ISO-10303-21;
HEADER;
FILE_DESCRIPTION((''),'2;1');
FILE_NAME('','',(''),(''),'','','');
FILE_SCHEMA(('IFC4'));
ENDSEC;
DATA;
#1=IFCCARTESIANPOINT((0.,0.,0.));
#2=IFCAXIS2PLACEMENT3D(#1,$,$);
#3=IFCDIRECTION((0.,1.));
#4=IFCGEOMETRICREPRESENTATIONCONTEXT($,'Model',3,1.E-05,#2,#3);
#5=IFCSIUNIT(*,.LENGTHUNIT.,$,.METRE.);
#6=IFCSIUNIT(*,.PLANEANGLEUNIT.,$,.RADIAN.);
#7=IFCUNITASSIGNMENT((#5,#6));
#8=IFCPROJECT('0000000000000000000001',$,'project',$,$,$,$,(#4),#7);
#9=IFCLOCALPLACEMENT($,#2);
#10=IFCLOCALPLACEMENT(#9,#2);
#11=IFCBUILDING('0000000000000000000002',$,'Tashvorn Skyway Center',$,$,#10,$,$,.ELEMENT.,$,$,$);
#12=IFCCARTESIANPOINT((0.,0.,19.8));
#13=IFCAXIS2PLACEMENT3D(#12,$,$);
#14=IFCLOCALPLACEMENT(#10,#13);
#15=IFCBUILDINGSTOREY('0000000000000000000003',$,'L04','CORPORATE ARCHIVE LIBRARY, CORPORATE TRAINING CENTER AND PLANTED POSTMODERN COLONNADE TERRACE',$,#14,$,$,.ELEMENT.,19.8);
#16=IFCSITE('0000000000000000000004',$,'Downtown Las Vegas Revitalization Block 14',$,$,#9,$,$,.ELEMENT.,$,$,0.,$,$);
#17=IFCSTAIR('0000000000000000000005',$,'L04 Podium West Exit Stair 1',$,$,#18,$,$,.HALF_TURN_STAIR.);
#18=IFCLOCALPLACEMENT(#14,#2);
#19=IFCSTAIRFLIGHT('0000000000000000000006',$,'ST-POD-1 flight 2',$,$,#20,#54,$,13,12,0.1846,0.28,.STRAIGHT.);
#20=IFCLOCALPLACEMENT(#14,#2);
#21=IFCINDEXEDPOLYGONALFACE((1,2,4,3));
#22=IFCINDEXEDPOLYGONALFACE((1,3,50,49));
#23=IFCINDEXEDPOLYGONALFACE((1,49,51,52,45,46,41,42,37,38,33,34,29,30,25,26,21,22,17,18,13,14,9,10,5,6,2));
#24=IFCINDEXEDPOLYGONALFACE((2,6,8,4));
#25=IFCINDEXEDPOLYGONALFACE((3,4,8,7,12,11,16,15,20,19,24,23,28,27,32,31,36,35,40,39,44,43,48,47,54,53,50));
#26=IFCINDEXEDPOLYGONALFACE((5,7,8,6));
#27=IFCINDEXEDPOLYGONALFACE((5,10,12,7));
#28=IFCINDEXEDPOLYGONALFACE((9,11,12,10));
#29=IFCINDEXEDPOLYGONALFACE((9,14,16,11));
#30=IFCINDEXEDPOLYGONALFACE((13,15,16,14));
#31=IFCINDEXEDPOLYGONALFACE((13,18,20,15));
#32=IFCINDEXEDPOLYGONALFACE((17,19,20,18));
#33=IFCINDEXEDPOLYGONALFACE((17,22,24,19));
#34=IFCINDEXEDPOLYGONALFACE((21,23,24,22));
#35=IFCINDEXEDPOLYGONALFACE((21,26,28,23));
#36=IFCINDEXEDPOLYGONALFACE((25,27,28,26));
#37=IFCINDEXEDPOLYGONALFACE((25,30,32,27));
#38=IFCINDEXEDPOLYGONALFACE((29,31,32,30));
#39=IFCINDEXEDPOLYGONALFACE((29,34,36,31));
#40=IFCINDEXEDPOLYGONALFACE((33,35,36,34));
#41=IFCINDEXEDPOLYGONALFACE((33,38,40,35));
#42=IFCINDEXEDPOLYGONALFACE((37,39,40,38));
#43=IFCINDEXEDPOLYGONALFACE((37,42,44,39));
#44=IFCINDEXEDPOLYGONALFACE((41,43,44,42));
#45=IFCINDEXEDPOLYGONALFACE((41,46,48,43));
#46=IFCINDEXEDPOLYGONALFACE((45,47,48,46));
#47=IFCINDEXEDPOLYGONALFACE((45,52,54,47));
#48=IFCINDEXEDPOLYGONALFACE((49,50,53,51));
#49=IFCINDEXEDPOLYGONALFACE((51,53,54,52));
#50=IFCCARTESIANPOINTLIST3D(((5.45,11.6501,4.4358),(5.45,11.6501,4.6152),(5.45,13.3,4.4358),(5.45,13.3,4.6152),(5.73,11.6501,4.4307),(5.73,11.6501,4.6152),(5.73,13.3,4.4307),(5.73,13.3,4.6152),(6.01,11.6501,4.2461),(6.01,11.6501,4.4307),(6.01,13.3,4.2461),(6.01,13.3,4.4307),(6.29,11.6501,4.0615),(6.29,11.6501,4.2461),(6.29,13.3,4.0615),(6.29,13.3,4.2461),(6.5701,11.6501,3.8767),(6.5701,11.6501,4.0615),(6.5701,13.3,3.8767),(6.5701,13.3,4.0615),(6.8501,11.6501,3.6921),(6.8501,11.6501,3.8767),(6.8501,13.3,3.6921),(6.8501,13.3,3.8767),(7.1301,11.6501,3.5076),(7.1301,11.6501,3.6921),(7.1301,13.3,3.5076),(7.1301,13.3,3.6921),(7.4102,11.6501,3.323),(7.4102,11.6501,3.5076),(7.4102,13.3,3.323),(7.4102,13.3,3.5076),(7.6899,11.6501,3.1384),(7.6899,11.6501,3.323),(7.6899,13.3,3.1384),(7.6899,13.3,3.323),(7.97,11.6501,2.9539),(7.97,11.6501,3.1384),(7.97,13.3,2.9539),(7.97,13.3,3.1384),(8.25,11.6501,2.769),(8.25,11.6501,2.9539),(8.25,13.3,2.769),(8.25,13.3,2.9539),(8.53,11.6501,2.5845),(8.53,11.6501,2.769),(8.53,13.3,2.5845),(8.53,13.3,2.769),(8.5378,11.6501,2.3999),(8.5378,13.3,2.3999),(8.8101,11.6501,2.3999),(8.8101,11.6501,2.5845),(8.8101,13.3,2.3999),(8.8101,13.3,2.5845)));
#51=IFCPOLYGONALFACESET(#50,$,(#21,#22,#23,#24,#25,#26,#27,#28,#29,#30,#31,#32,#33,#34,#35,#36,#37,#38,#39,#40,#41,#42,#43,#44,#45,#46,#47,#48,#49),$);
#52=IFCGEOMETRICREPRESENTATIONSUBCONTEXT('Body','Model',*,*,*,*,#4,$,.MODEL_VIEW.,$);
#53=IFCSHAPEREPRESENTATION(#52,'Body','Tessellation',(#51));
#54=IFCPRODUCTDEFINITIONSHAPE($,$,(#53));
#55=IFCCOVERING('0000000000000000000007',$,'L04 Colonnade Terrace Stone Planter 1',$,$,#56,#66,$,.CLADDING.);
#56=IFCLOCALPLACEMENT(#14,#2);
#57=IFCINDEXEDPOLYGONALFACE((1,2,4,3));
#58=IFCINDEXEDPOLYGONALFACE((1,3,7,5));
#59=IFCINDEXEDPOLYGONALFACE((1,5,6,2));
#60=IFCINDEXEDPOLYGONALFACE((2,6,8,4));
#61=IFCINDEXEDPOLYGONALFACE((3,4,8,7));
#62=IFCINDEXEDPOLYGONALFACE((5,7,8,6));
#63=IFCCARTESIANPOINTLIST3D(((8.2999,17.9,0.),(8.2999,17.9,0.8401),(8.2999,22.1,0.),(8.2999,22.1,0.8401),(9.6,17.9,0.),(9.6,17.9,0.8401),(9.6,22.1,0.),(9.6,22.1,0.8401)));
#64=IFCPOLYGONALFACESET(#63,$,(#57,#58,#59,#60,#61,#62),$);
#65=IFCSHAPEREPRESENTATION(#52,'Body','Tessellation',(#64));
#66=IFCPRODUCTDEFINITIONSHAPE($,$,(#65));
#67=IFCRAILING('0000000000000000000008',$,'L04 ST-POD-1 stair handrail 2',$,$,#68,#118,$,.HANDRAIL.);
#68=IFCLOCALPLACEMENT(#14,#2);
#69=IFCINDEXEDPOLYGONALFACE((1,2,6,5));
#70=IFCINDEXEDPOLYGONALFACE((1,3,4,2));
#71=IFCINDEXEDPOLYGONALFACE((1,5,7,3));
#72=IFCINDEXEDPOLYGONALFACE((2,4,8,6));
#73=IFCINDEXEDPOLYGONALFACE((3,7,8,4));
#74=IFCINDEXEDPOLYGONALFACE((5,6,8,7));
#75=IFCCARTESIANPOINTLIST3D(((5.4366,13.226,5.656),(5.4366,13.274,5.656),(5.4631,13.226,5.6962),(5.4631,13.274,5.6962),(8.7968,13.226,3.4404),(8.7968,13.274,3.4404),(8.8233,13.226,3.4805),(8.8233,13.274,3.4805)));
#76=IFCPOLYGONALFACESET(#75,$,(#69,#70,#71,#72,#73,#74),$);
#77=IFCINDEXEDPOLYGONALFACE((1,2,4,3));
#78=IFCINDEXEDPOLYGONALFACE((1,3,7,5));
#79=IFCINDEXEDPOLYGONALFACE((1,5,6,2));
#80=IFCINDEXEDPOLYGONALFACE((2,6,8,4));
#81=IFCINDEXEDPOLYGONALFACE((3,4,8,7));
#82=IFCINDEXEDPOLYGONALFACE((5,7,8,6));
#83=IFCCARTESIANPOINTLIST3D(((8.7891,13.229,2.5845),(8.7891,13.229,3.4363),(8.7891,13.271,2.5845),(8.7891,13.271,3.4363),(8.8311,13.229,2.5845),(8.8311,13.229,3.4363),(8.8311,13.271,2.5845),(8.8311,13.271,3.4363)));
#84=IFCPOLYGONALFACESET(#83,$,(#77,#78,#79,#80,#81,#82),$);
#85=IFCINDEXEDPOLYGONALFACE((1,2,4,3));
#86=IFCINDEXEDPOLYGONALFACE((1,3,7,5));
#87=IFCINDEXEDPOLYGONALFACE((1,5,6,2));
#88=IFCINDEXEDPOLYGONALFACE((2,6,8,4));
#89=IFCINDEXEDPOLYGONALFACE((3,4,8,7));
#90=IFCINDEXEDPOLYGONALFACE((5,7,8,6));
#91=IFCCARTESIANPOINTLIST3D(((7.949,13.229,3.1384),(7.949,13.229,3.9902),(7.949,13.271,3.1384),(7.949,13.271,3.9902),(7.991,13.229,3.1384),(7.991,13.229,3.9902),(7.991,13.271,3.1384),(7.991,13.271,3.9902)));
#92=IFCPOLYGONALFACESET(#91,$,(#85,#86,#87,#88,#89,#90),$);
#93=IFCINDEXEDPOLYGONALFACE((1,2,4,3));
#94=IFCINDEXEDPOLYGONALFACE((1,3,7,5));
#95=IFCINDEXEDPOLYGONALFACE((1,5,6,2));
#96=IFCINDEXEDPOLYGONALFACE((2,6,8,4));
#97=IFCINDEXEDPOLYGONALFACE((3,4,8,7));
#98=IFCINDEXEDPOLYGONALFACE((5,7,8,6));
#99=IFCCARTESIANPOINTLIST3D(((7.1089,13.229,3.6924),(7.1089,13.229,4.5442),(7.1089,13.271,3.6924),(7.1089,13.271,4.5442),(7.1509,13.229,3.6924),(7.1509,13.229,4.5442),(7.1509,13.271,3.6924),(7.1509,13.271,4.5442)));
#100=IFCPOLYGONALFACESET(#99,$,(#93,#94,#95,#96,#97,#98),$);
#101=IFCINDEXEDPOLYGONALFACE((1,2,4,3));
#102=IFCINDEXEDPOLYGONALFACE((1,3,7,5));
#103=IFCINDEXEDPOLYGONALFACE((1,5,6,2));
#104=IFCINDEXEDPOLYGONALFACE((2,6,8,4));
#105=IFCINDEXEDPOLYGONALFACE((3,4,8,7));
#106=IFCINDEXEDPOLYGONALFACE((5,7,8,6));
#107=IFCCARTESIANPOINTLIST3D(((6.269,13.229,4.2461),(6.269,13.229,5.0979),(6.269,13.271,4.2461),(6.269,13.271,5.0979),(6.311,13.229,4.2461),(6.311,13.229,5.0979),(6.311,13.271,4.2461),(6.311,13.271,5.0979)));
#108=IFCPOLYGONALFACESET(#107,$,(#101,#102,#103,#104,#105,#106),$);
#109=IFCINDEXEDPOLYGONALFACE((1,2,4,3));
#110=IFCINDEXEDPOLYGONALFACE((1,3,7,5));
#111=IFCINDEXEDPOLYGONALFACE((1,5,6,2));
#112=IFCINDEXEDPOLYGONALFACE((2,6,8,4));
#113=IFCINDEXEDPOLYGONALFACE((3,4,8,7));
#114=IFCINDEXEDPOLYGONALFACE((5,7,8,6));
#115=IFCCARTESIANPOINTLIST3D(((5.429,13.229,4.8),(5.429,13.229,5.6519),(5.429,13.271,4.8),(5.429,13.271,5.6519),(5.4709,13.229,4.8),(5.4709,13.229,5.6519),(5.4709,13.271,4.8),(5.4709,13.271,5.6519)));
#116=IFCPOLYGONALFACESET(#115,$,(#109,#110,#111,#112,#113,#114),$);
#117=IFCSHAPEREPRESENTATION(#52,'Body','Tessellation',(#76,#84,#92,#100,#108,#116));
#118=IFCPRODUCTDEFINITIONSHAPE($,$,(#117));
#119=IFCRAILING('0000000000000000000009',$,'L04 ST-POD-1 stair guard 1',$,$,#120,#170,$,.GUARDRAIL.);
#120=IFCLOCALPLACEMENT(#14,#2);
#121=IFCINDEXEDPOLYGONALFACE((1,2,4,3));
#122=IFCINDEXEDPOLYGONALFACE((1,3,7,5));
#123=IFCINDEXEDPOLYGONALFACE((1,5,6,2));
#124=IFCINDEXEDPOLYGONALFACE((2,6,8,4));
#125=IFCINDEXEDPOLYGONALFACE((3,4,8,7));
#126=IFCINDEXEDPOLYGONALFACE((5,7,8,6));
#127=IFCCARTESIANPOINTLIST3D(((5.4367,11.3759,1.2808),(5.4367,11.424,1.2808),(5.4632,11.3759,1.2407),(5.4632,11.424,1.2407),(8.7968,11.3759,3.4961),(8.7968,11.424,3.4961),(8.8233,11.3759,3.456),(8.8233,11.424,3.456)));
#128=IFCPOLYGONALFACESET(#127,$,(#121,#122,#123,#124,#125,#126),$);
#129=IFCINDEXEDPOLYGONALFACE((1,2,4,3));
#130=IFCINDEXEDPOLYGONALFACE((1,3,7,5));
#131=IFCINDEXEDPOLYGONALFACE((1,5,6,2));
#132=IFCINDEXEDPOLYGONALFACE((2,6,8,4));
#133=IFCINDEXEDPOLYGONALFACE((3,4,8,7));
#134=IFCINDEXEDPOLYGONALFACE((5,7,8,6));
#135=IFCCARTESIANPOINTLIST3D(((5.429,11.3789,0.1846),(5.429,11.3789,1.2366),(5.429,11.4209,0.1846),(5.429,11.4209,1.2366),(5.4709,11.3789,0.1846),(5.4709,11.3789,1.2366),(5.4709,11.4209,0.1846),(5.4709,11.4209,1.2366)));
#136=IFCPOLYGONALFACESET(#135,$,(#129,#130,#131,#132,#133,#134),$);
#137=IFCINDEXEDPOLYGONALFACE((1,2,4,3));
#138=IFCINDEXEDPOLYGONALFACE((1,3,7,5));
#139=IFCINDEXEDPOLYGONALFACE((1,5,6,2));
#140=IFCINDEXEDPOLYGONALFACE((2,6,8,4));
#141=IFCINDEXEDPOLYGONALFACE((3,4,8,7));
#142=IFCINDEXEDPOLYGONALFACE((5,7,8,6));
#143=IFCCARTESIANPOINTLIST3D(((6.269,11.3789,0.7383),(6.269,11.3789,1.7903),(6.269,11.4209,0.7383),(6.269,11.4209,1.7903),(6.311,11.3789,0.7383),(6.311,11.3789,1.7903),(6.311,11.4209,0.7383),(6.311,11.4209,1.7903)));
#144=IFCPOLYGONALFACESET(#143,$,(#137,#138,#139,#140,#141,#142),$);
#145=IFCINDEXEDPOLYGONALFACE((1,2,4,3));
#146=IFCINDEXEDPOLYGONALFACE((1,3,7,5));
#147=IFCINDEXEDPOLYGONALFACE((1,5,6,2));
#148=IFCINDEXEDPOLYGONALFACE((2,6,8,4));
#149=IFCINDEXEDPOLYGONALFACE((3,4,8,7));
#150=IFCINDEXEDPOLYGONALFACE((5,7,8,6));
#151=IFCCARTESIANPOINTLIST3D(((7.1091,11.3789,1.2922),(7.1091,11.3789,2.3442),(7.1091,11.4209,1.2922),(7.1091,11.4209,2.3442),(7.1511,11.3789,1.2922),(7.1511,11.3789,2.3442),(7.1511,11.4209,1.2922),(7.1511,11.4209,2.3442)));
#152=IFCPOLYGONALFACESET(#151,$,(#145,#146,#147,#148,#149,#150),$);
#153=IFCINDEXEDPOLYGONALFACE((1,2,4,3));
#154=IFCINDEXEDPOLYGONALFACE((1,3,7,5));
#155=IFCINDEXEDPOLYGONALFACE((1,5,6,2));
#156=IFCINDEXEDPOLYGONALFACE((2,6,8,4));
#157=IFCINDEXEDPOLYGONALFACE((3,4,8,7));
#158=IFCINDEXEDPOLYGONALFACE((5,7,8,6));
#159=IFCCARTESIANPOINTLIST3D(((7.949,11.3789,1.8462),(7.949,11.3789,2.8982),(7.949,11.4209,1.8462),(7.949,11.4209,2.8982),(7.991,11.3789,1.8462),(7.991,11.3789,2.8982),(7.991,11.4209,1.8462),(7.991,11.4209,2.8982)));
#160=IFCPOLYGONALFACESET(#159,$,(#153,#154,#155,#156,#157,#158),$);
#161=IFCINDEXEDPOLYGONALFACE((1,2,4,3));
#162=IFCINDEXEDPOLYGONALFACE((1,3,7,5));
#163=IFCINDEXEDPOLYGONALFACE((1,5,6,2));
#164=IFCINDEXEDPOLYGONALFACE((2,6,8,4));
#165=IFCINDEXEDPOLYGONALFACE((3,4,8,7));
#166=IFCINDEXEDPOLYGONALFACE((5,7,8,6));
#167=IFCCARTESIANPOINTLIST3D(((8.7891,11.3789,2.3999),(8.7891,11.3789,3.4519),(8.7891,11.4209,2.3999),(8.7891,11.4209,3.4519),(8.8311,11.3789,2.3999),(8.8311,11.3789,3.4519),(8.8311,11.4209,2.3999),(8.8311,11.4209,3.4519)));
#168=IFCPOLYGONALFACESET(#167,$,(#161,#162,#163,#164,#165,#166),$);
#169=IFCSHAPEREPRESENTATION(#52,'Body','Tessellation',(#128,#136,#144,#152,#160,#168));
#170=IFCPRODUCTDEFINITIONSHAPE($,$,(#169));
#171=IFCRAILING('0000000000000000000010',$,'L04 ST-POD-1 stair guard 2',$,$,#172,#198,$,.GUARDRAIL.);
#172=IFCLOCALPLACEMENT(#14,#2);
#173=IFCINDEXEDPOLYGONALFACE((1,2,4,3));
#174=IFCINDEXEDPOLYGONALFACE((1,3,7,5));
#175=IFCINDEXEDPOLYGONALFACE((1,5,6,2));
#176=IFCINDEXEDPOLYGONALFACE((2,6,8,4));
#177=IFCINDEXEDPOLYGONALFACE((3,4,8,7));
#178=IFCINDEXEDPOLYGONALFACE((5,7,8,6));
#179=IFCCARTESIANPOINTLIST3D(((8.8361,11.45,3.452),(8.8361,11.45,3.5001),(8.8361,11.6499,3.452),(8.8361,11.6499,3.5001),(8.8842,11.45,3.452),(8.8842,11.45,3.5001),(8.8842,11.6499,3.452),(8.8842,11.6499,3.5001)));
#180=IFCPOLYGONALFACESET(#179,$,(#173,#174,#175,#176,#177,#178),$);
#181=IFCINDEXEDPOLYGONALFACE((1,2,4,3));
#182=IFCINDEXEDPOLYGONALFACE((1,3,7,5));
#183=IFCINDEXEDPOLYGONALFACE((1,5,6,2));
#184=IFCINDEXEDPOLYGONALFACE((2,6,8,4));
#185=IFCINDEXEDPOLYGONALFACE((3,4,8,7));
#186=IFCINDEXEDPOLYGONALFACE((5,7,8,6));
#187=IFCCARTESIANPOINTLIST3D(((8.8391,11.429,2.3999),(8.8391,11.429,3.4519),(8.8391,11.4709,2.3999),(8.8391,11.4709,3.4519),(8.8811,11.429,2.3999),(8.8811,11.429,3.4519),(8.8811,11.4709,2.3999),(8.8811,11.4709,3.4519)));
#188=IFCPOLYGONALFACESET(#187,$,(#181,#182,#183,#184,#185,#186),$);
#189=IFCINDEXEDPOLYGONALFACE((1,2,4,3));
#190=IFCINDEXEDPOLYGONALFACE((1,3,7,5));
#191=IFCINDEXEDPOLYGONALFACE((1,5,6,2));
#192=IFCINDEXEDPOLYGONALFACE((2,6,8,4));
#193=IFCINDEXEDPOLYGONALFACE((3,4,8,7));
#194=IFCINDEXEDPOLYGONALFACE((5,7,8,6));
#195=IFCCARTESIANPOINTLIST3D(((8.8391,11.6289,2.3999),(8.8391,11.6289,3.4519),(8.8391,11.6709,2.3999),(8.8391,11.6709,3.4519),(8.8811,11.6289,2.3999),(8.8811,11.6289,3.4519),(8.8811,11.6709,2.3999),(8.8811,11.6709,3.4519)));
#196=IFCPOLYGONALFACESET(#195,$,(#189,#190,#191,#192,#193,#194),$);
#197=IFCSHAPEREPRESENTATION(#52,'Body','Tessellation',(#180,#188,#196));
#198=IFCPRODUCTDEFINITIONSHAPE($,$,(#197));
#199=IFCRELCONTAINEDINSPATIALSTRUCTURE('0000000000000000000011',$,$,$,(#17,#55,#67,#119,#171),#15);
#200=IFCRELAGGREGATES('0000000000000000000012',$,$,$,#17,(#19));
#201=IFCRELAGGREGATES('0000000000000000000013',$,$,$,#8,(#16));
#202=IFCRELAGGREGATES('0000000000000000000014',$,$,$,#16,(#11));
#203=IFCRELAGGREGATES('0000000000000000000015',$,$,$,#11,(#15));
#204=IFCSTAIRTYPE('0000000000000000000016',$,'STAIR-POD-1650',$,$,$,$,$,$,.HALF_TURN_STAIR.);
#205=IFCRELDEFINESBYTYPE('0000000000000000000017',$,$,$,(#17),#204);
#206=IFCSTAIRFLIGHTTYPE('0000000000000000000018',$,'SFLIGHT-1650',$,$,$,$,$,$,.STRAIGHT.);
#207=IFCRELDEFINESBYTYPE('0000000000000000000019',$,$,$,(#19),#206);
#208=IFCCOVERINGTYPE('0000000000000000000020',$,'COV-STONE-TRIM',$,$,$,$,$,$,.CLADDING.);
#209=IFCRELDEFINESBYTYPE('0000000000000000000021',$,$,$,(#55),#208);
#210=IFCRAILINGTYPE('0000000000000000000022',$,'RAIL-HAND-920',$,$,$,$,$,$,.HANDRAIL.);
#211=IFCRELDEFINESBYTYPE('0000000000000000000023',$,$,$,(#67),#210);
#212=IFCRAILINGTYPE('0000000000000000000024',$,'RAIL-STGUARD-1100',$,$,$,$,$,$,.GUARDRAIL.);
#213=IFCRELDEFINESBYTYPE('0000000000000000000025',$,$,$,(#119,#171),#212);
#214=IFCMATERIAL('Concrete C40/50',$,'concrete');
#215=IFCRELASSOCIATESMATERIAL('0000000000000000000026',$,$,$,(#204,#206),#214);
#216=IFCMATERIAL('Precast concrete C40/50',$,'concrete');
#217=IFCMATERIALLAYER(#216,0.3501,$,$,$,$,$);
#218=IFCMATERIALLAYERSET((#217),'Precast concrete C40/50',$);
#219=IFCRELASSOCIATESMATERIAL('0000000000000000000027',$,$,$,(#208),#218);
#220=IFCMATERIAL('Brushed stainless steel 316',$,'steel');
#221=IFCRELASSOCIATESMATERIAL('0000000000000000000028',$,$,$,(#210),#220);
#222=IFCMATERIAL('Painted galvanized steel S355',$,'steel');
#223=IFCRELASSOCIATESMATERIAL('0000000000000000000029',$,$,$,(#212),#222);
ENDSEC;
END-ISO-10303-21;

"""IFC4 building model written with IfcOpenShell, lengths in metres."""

from ifc_helpers import new_model, si_unit, direction, frame, origin, origin_2d, place, context, subcontext, project, spatial, polyline, rectangle, outline, extrude, material, layer, layer_set, type_object, element, aggregate, save


model = new_model("IFC4")

# Units and contexts
model_context = context("Model", 3, precision=1e-05, world=origin(), true_north=direction((0.0, 1.0)))
body_context = subcontext(model_context, "Body", "Model", "MODEL_VIEW")
ifc_project = project(units=[si_unit("LENGTHUNIT", "METRE"), si_unit("PLANEANGLEUNIT", "RADIAN")], contexts=[model_context])

# Site, building, storey
site_placement = place(None, origin())
site = spatial("IfcSite", under=ifc_project, at=site_placement, Name="Downtown Las Vegas Revitalization Block 14", CompositionType="ELEMENT", RefElevation=0.0)
building_placement = place(site_placement, origin())
building = spatial("IfcBuilding", under=site, at=building_placement, Name="Tashvorn Skyway Center", CompositionType="ELEMENT")
storey_placement = place(building_placement, frame((0.0, 0.0, 19.8)))
storey = spatial("IfcBuildingStorey", under=building, at=storey_placement, Name="L04", Description="CORPORATE ARCHIVE LIBRARY, CORPORATE TRAINING CENTER AND PLANTED POSTMODERN COLONNADE TERRACE", CompositionType="ELEMENT", Elevation=19.8)

# Shared definitions
ifc_material_1 = material(Name="Precast concrete C40/50", Category="concrete")

# Shared definitions
ifc_material_2 = material(Name="Concrete C40/50", Category="concrete")

# Stair, stair flight
stair_type = type_object("IfcStairType", Name="STAIR-POD-1650", PredefinedType="HALF_TURN_STAIR", material=ifc_material_2)
stair_placement = place(storey_placement, origin())
stair = element("IfcStair", 1, at=stair_placement, inside=storey, type_object=stair_type, Name="L04 Podium West Exit Stair 1", PredefinedType="HALF_TURN_STAIR")
stair_flight_type = type_object("IfcStairFlightType", Name="SFLIGHT-1650", PredefinedType="STRAIGHT", material=ifc_material_2)
stair_flight_1_placement = place(storey_placement, frame((8.8101, 12.4751, 2.3999), z_axis=(0.0, 0.0, 1.0), x_axis=(-1.0, 0.0, 0.0)))
stair_flight_1 = element("IfcStairFlight", 2, at=stair_flight_1_placement, type_object=stair_flight_type, Name="ST-POD-1 flight 2", NumberOfRisers=13, NumberOfTreads=12, PredefinedType="STRAIGHT", RiserHeight=0.1846, TreadLength=0.28, context=body_context, shape_type="SweptSolid", body=[
    extrude(outline(polyline([(0.0, 0.0), (0.0, 0.1846), (0.28, 0.1846), (0.28, 0.3691), (0.5601, 0.3691), (0.5601, 0.554), (0.8401, 0.554), (0.8401, 0.7385), (1.1201, 0.7385), (1.1201, 0.9231), (1.3999, 0.9231), (1.3999, 1.1077), (1.6799, 1.1077), (1.6799, 1.2922), (1.96, 1.2922), (1.96, 1.4768), (2.24, 1.4768), (2.24, 1.6616), (2.52, 1.6616), (2.52, 1.8462), (2.8, 1.8462), (2.8, 2.0308), (3.0801, 2.0308), (3.0801, 2.2153), (3.3601, 2.2153), (3.3601, 2.3999), (3.3601, 2.0359), (0.2722, 0.0), (0.0, 0.0)])), frame((0.0, 0.825, 0.0), z_axis=(0.0, -1.0, 0.0), x_axis=(1.0, 0.0, 0.0)), (0.0, 0.0, 1.0), 1.6499),
])
aggregate(stair, [stair_flight_1])

# Covering
ifc_layer_1 = layer(ifc_material_1, 0.3501)
ifc_layer_set_1 = layer_set([ifc_layer_1], Name="Precast concrete C40/50")
covering_type = type_object("IfcCoveringType", Name="COV-STONE-TRIM", PredefinedType="CLADDING", material=ifc_layer_set_1)
covering_placement = place(storey_placement, frame((8.95, 20.0, 0.0), z_axis=(0.0, 0.0, 1.0), x_axis=(1.0, 0.0, 0.0)))
element("IfcCovering", 3, at=covering_placement, inside=storey, type_object=covering_type, Name="L04 Colonnade Terrace Stone Planter 1", PredefinedType="CLADDING", context=body_context, shape_type="SweptSolid", body=[
    extrude(rectangle(XDim=1.3, YDim=4.2, at=origin_2d()), origin(), (0.0, 0.0, 1.0), 0.8401),
])

# Railings
ifc_material_3 = material(Name="Brushed stainless steel 316", Category="steel")
railing_type_1 = type_object("IfcRailingType", Name="RAIL-HAND-920", PredefinedType="HANDRAIL", material=ifc_material_3)
railing_1_placement = place(storey_placement, frame((8.8101, 13.25, 2.5845)))
element("IfcRailing", 4, at=railing_1_placement, inside=storey, type_object=railing_type_1, Name="L04 ST-POD-1 stair handrail 2", PredefinedType="HANDRAIL", context=body_context, shape_type="SweptSolid", body=[
    extrude(rectangle(XDim=0.0481, YDim=0.0481, at=origin_2d()), frame((0.0, 0.0, 0.876), z_axis=(-0.834849, 0.0, 0.55048), x_axis=(0.0, -1.0, 0.0)), (0.0, 0.0, 1.0), 4.0249),
    extrude(rectangle(XDim=0.042, YDim=0.042, at=origin_2d()), origin(), (0.0, 0.0, 1.0), 0.8518),
    extrude(rectangle(XDim=0.042, YDim=0.042, at=origin_2d()), frame((-0.8401, 0.0, 0.554)), (0.0, 0.0, 1.0), 0.8518),
    extrude(rectangle(XDim=0.042, YDim=0.042, at=origin_2d()), frame((-1.6802, 0.0, 1.1079)), (0.0, 0.0, 1.0), 0.8518),
    extrude(rectangle(XDim=0.042, YDim=0.042, at=origin_2d()), frame((-2.52, 0.0, 1.6616)), (0.0, 0.0, 1.0), 0.8518),
    extrude(rectangle(XDim=0.042, YDim=0.042, at=origin_2d()), frame((-3.3601, 0.0, 2.2156)), (0.0, 0.0, 1.0), 0.8518),
])
ifc_material_4 = material(Name="Painted galvanized steel S355", Category="steel")
railing_type_2 = type_object("IfcRailingType", Name="RAIL-STGUARD-1100", PredefinedType="GUARDRAIL", material=ifc_material_4)
railing_2_placement = place(storey_placement, frame((5.45, 11.3999, 0.1846)))
element("IfcRailing", 5, at=railing_2_placement, inside=storey, type_object=railing_type_2, Name="L04 ST-POD-1 stair guard 1", PredefinedType="GUARDRAIL", context=body_context, shape_type="SweptSolid", body=[
    extrude(rectangle(XDim=0.0481, YDim=0.0481, at=origin_2d()), frame((0.0, 0.0, 1.0762), z_axis=(0.834876, 0.0, 0.550437), x_axis=(0.0, 1.0, 0.0)), (0.0, 0.0, 1.0), 4.0247),
    extrude(rectangle(XDim=0.042, YDim=0.042, at=origin_2d()), origin(), (0.0, 0.0, 1.0), 1.052),
    extrude(rectangle(XDim=0.042, YDim=0.042, at=origin_2d()), frame((0.8401, 0.0, 0.5537)), (0.0, 0.0, 1.0), 1.052),
    extrude(rectangle(XDim=0.042, YDim=0.042, at=origin_2d()), frame((1.6802, 0.0, 1.1077)), (0.0, 0.0, 1.0), 1.052),
    extrude(rectangle(XDim=0.042, YDim=0.042, at=origin_2d()), frame((2.52, 0.0, 1.6616)), (0.0, 0.0, 1.0), 1.052),
    extrude(rectangle(XDim=0.042, YDim=0.042, at=origin_2d()), frame((3.3601, 0.0, 2.2153)), (0.0, 0.0, 1.0), 1.052),
])
railing_3_placement = place(storey_placement, frame((8.8601, 11.45, 2.3999)))
element("IfcRailing", 6, at=railing_3_placement, inside=storey, type_object=railing_type_2, Name="L04 ST-POD-1 stair guard 2", PredefinedType="GUARDRAIL", context=body_context, shape_type="SweptSolid", body=[
    extrude(rectangle(XDim=0.0481, YDim=0.0481, at=origin_2d()), frame((0.0, 0.0, 1.0762), z_axis=(0.0, 1.0, 0.0), x_axis=(-1.0, 0.0, 0.0)), (0.0, 0.0, 1.0), 0.2),
    extrude(rectangle(XDim=0.042, YDim=0.042, at=origin_2d()), origin(), (0.0, 0.0, 1.0), 1.052),
    extrude(rectangle(XDim=0.042, YDim=0.042, at=origin_2d()), frame((0.0, 0.2, 0.0)), (0.0, 0.0, 1.0), 1.052),
])

save(model, "model.ifc")
